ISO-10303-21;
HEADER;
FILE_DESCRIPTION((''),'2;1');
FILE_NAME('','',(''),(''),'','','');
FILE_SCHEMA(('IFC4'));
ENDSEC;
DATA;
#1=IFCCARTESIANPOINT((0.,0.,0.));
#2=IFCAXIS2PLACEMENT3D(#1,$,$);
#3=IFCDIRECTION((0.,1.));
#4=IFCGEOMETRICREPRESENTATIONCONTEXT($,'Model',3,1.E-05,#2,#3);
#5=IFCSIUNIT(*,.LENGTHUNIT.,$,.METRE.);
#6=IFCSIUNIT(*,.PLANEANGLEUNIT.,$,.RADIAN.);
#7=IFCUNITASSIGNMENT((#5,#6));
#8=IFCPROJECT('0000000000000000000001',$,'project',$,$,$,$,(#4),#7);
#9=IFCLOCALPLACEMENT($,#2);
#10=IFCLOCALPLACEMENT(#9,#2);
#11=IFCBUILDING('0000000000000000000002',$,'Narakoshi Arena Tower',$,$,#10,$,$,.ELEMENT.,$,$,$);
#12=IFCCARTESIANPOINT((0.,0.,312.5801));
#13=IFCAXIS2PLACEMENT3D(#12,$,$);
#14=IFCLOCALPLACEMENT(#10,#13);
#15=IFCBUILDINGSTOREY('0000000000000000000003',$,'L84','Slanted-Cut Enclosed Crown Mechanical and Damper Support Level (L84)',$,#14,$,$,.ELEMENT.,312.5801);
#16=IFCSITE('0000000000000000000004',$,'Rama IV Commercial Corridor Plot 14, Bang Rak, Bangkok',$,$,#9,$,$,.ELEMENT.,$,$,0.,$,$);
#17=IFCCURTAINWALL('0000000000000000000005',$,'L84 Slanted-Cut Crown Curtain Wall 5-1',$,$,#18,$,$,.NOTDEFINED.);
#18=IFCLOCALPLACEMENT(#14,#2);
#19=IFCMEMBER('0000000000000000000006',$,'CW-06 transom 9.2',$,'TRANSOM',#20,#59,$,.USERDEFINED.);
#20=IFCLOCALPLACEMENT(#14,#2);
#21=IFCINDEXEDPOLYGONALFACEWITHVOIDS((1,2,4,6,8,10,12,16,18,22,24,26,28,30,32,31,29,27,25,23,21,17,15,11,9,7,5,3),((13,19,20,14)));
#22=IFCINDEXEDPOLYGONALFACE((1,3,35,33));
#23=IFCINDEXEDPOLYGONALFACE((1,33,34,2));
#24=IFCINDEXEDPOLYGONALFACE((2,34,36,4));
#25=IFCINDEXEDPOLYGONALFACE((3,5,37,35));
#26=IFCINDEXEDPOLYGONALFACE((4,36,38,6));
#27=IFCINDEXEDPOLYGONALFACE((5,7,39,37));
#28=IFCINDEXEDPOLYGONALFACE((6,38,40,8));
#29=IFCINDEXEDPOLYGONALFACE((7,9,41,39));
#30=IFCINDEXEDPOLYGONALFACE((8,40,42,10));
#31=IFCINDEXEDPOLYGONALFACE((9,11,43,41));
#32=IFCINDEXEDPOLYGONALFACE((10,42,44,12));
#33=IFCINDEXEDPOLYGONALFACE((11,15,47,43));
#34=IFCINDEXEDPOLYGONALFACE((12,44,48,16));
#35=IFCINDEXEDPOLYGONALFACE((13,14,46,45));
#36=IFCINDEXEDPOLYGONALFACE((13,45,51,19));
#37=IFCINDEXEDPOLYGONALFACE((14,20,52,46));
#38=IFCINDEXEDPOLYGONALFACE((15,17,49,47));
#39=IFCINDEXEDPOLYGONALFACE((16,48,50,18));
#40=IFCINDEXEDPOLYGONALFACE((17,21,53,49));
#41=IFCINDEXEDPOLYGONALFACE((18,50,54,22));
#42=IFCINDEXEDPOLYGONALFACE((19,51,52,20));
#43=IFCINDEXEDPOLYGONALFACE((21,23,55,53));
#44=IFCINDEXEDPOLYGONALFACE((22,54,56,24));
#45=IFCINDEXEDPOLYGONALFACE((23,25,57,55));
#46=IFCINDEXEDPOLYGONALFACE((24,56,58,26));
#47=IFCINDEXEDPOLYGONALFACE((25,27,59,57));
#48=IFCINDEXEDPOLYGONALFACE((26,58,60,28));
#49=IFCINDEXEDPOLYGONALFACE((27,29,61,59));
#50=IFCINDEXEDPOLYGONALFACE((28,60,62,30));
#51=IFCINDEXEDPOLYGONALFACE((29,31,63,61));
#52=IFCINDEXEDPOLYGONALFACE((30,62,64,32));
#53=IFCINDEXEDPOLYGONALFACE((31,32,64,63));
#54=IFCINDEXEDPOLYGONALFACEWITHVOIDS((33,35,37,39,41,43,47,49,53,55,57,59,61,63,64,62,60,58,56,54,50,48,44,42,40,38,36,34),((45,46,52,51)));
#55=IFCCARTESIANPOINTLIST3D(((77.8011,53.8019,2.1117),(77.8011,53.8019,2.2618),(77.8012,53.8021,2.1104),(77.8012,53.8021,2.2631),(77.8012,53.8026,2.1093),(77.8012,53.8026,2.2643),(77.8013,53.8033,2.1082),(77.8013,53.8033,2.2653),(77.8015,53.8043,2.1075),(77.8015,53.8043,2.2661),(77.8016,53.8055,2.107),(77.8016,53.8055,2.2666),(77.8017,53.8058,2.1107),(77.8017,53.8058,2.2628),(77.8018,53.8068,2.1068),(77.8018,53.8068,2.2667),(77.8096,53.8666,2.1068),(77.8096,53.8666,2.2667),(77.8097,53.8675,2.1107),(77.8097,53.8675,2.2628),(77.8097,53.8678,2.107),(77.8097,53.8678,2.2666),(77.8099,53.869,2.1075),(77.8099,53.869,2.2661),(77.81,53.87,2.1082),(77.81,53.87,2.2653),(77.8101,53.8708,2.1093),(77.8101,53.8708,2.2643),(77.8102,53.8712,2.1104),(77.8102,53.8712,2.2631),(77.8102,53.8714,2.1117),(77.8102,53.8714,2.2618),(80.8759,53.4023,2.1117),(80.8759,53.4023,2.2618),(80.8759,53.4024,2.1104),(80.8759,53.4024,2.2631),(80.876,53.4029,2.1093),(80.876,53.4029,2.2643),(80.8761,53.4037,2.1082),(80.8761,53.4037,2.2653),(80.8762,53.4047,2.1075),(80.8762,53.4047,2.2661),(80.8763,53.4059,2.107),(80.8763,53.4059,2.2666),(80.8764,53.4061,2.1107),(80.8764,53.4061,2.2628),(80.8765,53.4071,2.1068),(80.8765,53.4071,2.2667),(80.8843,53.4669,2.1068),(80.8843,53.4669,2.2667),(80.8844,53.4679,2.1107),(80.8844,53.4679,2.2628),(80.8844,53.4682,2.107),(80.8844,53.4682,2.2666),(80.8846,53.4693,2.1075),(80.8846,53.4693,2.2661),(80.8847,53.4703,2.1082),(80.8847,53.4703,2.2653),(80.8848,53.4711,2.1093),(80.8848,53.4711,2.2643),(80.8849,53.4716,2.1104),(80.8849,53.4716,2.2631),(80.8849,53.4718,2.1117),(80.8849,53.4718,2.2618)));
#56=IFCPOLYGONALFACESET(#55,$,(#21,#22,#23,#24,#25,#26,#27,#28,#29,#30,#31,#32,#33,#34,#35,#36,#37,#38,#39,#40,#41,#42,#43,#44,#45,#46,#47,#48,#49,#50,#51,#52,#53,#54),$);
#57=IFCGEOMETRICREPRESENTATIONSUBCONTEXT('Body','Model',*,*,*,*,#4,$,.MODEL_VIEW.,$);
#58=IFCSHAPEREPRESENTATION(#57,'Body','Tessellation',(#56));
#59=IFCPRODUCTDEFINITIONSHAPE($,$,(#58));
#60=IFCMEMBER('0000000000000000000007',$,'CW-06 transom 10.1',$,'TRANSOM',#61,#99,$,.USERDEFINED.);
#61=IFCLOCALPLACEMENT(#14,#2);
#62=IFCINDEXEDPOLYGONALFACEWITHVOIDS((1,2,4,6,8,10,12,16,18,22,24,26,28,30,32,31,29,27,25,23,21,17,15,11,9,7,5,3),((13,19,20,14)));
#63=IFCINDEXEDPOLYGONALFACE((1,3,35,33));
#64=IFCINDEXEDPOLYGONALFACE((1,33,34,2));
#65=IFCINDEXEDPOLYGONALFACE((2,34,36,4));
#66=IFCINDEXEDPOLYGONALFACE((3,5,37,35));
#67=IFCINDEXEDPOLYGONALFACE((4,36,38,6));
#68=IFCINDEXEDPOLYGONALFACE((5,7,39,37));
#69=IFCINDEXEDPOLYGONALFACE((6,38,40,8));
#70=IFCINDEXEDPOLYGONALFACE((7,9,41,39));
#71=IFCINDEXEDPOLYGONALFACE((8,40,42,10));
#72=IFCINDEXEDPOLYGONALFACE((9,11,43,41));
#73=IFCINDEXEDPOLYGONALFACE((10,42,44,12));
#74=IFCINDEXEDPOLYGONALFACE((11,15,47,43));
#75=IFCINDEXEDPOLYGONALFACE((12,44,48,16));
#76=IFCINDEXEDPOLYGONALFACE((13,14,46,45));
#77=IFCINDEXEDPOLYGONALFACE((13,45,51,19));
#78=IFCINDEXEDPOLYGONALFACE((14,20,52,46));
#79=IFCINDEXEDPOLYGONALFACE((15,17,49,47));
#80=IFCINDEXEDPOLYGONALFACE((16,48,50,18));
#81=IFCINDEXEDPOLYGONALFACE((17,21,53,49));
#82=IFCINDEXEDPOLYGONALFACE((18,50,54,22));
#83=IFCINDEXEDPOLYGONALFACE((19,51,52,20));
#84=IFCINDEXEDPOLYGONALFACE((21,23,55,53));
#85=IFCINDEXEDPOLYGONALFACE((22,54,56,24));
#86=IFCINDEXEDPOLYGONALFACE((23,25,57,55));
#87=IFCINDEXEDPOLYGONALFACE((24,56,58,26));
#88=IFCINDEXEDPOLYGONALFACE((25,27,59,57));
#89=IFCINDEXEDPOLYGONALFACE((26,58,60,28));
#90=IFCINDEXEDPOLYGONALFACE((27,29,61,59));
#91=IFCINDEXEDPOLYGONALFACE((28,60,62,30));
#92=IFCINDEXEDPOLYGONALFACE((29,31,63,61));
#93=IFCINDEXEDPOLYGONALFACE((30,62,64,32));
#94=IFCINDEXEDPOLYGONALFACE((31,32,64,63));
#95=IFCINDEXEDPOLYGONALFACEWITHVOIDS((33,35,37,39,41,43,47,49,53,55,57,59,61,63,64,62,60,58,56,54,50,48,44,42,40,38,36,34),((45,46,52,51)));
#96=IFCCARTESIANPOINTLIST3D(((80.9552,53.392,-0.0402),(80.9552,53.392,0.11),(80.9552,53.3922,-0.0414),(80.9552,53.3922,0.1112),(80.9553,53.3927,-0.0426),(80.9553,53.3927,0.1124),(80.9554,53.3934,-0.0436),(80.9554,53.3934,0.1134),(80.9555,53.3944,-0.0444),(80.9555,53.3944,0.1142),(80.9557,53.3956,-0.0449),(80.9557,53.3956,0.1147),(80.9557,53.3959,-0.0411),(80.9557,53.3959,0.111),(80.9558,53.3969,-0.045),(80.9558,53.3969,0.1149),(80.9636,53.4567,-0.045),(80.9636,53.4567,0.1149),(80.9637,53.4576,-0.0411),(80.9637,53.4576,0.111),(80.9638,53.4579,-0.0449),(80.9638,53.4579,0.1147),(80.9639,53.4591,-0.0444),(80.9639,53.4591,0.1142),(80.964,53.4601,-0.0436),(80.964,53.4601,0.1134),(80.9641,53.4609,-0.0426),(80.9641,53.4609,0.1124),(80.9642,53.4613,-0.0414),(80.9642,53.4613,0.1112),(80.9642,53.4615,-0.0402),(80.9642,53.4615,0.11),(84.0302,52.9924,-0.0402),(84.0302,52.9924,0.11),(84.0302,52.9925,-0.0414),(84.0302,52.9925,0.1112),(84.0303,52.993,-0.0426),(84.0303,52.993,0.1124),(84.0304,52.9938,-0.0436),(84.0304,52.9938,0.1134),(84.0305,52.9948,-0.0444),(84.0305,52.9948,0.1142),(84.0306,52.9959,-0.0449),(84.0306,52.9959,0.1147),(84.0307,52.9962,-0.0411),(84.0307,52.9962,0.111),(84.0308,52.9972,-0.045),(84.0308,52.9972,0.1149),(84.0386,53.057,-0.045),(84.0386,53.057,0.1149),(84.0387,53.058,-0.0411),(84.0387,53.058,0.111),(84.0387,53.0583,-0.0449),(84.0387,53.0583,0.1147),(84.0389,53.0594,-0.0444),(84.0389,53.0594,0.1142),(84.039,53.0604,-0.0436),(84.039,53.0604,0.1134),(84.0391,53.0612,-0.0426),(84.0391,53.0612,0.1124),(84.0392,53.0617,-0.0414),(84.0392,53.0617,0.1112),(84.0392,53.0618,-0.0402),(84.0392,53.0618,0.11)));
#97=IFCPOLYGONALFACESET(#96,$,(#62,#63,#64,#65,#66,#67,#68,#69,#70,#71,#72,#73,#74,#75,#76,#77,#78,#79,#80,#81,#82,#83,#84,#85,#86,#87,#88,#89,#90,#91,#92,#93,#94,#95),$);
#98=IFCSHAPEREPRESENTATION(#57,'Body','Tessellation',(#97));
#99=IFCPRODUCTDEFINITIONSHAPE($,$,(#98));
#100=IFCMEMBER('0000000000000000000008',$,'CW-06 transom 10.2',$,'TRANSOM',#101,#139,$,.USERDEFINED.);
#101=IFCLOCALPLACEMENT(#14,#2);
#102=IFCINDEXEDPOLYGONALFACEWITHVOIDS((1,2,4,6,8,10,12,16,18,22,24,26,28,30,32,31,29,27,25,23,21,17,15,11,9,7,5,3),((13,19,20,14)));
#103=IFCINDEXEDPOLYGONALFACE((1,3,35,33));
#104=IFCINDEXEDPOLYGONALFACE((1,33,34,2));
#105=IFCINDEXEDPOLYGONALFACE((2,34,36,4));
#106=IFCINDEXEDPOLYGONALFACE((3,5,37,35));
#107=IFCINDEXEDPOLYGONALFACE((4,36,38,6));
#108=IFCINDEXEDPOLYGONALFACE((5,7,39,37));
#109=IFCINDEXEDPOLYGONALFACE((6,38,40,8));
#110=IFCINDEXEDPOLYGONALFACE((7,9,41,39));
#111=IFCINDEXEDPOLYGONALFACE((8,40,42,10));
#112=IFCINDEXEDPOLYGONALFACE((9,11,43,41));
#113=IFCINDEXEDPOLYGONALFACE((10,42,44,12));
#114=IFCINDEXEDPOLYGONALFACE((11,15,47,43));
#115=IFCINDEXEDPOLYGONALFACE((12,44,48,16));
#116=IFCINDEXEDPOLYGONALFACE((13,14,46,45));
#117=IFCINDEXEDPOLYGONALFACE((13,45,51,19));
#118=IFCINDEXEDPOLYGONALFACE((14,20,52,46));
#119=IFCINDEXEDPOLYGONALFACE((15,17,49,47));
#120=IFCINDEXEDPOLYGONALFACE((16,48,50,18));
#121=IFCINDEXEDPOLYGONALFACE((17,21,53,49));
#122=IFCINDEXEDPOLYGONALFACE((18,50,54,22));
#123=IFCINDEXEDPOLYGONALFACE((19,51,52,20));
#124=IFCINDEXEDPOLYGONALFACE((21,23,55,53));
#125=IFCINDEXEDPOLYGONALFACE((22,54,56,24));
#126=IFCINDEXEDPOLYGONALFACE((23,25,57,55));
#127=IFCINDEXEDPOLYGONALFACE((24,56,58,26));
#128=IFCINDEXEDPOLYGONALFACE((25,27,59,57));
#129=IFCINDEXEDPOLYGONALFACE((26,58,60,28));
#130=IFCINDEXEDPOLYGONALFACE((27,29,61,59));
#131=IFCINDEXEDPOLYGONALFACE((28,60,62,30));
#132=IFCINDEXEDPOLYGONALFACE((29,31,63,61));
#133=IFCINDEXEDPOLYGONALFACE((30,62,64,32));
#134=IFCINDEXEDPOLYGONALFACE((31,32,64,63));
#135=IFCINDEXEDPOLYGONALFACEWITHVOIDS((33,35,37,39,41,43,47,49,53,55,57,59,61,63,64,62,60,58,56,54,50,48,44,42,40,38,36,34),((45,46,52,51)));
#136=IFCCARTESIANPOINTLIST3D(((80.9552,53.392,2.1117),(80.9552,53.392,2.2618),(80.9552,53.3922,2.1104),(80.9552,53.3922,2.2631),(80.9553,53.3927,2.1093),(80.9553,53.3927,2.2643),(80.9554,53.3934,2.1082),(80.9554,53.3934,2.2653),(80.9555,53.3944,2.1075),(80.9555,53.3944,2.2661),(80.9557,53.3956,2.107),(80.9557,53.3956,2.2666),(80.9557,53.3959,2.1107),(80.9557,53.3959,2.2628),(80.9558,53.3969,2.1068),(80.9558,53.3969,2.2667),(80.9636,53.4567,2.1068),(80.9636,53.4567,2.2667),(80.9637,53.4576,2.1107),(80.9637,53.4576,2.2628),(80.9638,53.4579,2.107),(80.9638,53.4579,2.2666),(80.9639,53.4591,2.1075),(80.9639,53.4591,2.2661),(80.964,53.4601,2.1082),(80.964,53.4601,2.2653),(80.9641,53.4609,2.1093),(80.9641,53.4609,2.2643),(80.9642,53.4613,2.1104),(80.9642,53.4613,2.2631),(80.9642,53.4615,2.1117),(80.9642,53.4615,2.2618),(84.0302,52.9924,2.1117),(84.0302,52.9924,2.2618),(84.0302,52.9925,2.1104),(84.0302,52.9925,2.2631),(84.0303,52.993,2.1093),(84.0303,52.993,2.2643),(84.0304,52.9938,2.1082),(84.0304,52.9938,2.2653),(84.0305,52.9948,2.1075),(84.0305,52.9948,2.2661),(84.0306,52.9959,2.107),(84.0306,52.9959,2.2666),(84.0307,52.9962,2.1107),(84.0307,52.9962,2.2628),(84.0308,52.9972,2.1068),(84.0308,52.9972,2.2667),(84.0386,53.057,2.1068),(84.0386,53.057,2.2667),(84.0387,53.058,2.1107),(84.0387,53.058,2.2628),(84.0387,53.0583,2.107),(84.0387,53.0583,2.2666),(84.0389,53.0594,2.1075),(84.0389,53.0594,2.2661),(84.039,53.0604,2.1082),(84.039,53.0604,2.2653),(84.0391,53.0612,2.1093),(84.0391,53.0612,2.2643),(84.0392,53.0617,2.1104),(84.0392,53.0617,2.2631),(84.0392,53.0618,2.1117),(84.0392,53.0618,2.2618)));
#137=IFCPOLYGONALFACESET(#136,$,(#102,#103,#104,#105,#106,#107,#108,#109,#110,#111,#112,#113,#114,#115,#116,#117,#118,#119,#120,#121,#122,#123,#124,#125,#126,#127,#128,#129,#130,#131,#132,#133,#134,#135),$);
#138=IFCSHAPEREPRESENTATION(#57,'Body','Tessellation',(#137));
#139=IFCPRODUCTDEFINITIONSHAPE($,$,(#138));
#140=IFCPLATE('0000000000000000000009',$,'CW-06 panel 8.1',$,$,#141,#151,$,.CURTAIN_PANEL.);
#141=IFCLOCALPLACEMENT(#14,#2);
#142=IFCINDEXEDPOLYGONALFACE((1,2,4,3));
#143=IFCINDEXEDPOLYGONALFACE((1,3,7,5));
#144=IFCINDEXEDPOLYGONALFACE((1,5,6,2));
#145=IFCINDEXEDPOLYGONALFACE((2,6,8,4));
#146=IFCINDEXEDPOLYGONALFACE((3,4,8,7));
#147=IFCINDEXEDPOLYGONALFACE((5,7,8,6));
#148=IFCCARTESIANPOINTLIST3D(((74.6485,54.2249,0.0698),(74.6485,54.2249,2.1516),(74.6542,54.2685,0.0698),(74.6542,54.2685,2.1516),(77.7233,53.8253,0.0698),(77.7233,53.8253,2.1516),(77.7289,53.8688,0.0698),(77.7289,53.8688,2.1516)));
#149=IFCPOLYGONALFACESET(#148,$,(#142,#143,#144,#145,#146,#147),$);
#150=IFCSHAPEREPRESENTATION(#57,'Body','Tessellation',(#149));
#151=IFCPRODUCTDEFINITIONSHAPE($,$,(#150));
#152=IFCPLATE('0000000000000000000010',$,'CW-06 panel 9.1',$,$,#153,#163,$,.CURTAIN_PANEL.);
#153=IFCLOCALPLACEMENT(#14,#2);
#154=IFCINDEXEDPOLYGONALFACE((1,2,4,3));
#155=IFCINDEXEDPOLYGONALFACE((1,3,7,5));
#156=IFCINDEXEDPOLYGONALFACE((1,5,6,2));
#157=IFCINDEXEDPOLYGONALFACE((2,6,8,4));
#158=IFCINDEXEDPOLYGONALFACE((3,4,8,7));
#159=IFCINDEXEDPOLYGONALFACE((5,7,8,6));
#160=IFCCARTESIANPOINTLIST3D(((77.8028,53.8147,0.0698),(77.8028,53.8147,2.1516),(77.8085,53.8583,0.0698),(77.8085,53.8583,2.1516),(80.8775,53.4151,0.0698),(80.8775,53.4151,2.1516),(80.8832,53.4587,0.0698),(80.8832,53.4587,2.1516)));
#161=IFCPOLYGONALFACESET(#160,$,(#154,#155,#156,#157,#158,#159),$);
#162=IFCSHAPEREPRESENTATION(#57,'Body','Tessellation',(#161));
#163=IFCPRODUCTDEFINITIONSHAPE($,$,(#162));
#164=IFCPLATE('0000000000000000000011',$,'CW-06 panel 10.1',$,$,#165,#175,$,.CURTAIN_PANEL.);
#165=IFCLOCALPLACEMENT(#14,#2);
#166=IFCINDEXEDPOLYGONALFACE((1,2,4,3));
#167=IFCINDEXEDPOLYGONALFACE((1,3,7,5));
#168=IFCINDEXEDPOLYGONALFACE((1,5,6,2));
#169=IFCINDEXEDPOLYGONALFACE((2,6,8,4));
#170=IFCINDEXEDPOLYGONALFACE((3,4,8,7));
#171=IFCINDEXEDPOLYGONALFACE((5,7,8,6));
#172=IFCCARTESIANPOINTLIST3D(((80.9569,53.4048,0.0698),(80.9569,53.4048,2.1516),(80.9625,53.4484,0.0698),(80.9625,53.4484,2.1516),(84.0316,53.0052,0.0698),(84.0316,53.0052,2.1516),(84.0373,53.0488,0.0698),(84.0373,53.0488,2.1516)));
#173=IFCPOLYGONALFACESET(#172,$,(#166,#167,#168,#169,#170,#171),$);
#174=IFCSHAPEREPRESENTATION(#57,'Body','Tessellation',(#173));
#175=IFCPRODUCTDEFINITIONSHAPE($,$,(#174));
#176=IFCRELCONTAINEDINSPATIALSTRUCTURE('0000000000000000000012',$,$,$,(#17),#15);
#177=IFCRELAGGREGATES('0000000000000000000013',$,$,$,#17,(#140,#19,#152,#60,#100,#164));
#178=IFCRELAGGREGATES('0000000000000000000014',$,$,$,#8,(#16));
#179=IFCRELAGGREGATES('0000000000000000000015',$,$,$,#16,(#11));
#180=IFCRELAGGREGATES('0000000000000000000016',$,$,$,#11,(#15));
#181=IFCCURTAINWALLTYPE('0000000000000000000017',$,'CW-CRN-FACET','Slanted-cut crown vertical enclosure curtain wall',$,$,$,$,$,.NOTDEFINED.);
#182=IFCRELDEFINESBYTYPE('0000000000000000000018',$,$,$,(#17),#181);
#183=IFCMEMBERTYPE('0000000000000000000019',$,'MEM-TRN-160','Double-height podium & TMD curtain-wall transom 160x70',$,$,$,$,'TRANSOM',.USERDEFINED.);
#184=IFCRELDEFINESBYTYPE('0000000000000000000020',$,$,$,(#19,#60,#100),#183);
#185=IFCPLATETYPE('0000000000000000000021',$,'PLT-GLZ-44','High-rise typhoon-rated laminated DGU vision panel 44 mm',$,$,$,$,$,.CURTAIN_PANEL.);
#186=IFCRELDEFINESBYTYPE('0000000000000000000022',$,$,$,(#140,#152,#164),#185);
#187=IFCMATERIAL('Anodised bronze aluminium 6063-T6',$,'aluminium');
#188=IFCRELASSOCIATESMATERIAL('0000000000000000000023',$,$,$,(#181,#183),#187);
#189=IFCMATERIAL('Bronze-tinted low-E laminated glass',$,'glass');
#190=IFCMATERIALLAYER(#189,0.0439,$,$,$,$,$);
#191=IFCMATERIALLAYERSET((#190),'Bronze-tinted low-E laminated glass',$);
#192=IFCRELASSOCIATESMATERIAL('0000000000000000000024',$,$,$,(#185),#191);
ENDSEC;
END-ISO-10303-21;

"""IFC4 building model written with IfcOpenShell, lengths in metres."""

from ifc_helpers import new_model, si_unit, direction, frame, origin, origin_2d, place, context, subcontext, project, spatial, rectangle, hollow_rectangle, extrude, material, layer, layer_set, material_profile, profile_set, type_object, element, aggregate, save


model = new_model("IFC4")

# Units and contexts
model_context = context("Model", 3, precision=1e-05, world=origin(), true_north=direction((0.0, 1.0)))
body_context = subcontext(model_context, "Body", "Model", "MODEL_VIEW")
ifc_project = project(units=[si_unit("LENGTHUNIT", "METRE"), si_unit("PLANEANGLEUNIT", "RADIAN")], contexts=[model_context])

# Site, building, storey
site_placement = place(None, origin())
site = spatial("IfcSite", under=ifc_project, at=site_placement, Name="Rama IV Commercial Corridor Plot 14, Bang Rak, Bangkok", CompositionType="ELEMENT", RefElevation=0.0)
building_placement = place(site_placement, origin())
building = spatial("IfcBuilding", under=site, at=building_placement, Name="Narakoshi Arena Tower", CompositionType="ELEMENT")
storey_placement = place(building_placement, frame((0.0, 0.0, 312.5801)))
storey = spatial("IfcBuildingStorey", under=building, at=storey_placement, Name="L84", Description="Slanted-Cut Enclosed Crown Mechanical and Damper Support Level (L84)", CompositionType="ELEMENT", Elevation=312.5801)

# Curtain wall, members, plates
ifc_material_1 = material(Name="Anodised bronze aluminium 6063-T6", Category="aluminium")
curtain_wall_type = type_object("IfcCurtainWallType", Name="CW-CRN-FACET", Description="Slanted-cut crown vertical enclosure curtain wall", PredefinedType="NOTDEFINED", material=ifc_material_1)
curtain_wall_placement = place(storey_placement, origin())
curtain_wall = element("IfcCurtainWall", 1, at=curtain_wall_placement, inside=storey, type_object=curtain_wall_type, Name="L84 Slanted-Cut Crown Curtain Wall 5-1", PredefinedType="NOTDEFINED")
ifc_material_profile_1 = material_profile(ifc_material_1, hollow_rectangle(XDim=0.0701, YDim=0.1599, WallThickness=0.0039, OuterFilletRadius=0.0049, at=origin_2d()), Name="TRN160x70x4")
ifc_profile_set_1 = profile_set([ifc_material_profile_1], Name="Anodised bronze aluminium 6063-T6")
member_type_1 = type_object("IfcMemberType", Name="MEM-TRN-160", Description="Double-height podium & TMD curtain-wall transom 160x70", ElementType="TRANSOM", PredefinedType="USERDEFINED", material=ifc_profile_set_1)
member_1_placement = place(storey_placement, frame((77.8057, 53.8367, 2.1868), z_axis=(0.991658, -0.128898, 0.0), x_axis=(0.128898, 0.991658, 0.0)))
member_1 = element("IfcMember", 2, at=member_1_placement, type_object=member_type_1, Name="CW-06 transom 9.2", ObjectType="TRANSOM", PredefinedType="USERDEFINED", context=body_context, shape_type="SweptSolid", body=[
    extrude(hollow_rectangle(XDim=0.0701, YDim=0.1599, WallThickness=0.0039, OuterFilletRadius=0.0049, at=origin_2d()), origin(), (0.0, 0.0, 1.0), 3.1006),
])
member_2_placement = place(storey_placement, frame((80.9597, 53.4268, 0.0349), z_axis=(0.991659, -0.128888, 0.0), x_axis=(0.128888, 0.991659, 0.0)))
member_2 = element("IfcMember", 3, at=member_2_placement, type_object=member_type_1, Name="CW-06 transom 10.1", ObjectType="TRANSOM", PredefinedType="USERDEFINED", context=body_context, shape_type="SweptSolid", body=[
    extrude(hollow_rectangle(XDim=0.0701, YDim=0.1599, WallThickness=0.0039, OuterFilletRadius=0.0049, at=origin_2d()), origin(), (0.0, 0.0, 1.0), 3.1008),
])
member_3_placement = place(storey_placement, frame((80.9597, 53.4268, 2.1868), z_axis=(0.991659, -0.128888, 0.0), x_axis=(0.128888, 0.991659, 0.0)))
member_3 = element("IfcMember", 4, at=member_3_placement, type_object=member_type_1, Name="CW-06 transom 10.2", ObjectType="TRANSOM", PredefinedType="USERDEFINED", context=body_context, shape_type="SweptSolid", body=[
    extrude(hollow_rectangle(XDim=0.0701, YDim=0.1599, WallThickness=0.0039, OuterFilletRadius=0.0049, at=origin_2d()), origin(), (0.0, 0.0, 1.0), 3.1008),
])
ifc_material_2 = material(Name="Bronze-tinted low-E laminated glass", Category="glass")
ifc_layer_1 = layer(ifc_material_2, 0.0439)
ifc_layer_set_1 = layer_set([ifc_layer_1], Name="Bronze-tinted low-E laminated glass")
plate_type = type_object("IfcPlateType", Name="PLT-GLZ-44", Description="High-rise typhoon-rated laminated DGU vision panel 44 mm", PredefinedType="CURTAIN_PANEL", material=ifc_layer_set_1)
plate_1_placement = place(storey_placement, frame((76.1887, 54.0469, 0.0698), z_axis=(0.0, 0.0, 1.0), x_axis=(0.991659, -0.12889, 0.0)))
plate_1 = element("IfcPlate", 5, at=plate_1_placement, type_object=plate_type, Name="CW-06 panel 8.1", PredefinedType="CURTAIN_PANEL", context=body_context, shape_type="SweptSolid", body=[
    extrude(rectangle(XDim=3.1006, YDim=0.0439, at=origin_2d()), origin(), (0.0, 0.0, 1.0), 2.0818),
])
plate_2_placement = place(storey_placement, frame((79.343, 53.6367, 0.0698), z_axis=(0.0, 0.0, 1.0), x_axis=(0.991659, -0.12889, 0.0)))
plate_2 = element("IfcPlate", 6, at=plate_2_placement, type_object=plate_type, Name="CW-06 panel 9.1", PredefinedType="CURTAIN_PANEL", context=body_context, shape_type="SweptSolid", body=[
    extrude(rectangle(XDim=3.1006, YDim=0.0439, at=origin_2d()), origin(), (0.0, 0.0, 1.0), 2.0818),
])
plate_3_placement = place(storey_placement, frame((82.4971, 53.2268, 0.0698), z_axis=(0.0, 0.0, 1.0), x_axis=(0.991659, -0.12889, 0.0)))
plate_3 = element("IfcPlate", 7, at=plate_3_placement, type_object=plate_type, Name="CW-06 panel 10.1", PredefinedType="CURTAIN_PANEL", context=body_context, shape_type="SweptSolid", body=[
    extrude(rectangle(XDim=3.1006, YDim=0.0439, at=origin_2d()), origin(), (0.0, 0.0, 1.0), 2.0818),
])
aggregate(curtain_wall, [plate_1, member_1, plate_2, member_2, member_3, plate_3])

save(model, "model.ifc")
